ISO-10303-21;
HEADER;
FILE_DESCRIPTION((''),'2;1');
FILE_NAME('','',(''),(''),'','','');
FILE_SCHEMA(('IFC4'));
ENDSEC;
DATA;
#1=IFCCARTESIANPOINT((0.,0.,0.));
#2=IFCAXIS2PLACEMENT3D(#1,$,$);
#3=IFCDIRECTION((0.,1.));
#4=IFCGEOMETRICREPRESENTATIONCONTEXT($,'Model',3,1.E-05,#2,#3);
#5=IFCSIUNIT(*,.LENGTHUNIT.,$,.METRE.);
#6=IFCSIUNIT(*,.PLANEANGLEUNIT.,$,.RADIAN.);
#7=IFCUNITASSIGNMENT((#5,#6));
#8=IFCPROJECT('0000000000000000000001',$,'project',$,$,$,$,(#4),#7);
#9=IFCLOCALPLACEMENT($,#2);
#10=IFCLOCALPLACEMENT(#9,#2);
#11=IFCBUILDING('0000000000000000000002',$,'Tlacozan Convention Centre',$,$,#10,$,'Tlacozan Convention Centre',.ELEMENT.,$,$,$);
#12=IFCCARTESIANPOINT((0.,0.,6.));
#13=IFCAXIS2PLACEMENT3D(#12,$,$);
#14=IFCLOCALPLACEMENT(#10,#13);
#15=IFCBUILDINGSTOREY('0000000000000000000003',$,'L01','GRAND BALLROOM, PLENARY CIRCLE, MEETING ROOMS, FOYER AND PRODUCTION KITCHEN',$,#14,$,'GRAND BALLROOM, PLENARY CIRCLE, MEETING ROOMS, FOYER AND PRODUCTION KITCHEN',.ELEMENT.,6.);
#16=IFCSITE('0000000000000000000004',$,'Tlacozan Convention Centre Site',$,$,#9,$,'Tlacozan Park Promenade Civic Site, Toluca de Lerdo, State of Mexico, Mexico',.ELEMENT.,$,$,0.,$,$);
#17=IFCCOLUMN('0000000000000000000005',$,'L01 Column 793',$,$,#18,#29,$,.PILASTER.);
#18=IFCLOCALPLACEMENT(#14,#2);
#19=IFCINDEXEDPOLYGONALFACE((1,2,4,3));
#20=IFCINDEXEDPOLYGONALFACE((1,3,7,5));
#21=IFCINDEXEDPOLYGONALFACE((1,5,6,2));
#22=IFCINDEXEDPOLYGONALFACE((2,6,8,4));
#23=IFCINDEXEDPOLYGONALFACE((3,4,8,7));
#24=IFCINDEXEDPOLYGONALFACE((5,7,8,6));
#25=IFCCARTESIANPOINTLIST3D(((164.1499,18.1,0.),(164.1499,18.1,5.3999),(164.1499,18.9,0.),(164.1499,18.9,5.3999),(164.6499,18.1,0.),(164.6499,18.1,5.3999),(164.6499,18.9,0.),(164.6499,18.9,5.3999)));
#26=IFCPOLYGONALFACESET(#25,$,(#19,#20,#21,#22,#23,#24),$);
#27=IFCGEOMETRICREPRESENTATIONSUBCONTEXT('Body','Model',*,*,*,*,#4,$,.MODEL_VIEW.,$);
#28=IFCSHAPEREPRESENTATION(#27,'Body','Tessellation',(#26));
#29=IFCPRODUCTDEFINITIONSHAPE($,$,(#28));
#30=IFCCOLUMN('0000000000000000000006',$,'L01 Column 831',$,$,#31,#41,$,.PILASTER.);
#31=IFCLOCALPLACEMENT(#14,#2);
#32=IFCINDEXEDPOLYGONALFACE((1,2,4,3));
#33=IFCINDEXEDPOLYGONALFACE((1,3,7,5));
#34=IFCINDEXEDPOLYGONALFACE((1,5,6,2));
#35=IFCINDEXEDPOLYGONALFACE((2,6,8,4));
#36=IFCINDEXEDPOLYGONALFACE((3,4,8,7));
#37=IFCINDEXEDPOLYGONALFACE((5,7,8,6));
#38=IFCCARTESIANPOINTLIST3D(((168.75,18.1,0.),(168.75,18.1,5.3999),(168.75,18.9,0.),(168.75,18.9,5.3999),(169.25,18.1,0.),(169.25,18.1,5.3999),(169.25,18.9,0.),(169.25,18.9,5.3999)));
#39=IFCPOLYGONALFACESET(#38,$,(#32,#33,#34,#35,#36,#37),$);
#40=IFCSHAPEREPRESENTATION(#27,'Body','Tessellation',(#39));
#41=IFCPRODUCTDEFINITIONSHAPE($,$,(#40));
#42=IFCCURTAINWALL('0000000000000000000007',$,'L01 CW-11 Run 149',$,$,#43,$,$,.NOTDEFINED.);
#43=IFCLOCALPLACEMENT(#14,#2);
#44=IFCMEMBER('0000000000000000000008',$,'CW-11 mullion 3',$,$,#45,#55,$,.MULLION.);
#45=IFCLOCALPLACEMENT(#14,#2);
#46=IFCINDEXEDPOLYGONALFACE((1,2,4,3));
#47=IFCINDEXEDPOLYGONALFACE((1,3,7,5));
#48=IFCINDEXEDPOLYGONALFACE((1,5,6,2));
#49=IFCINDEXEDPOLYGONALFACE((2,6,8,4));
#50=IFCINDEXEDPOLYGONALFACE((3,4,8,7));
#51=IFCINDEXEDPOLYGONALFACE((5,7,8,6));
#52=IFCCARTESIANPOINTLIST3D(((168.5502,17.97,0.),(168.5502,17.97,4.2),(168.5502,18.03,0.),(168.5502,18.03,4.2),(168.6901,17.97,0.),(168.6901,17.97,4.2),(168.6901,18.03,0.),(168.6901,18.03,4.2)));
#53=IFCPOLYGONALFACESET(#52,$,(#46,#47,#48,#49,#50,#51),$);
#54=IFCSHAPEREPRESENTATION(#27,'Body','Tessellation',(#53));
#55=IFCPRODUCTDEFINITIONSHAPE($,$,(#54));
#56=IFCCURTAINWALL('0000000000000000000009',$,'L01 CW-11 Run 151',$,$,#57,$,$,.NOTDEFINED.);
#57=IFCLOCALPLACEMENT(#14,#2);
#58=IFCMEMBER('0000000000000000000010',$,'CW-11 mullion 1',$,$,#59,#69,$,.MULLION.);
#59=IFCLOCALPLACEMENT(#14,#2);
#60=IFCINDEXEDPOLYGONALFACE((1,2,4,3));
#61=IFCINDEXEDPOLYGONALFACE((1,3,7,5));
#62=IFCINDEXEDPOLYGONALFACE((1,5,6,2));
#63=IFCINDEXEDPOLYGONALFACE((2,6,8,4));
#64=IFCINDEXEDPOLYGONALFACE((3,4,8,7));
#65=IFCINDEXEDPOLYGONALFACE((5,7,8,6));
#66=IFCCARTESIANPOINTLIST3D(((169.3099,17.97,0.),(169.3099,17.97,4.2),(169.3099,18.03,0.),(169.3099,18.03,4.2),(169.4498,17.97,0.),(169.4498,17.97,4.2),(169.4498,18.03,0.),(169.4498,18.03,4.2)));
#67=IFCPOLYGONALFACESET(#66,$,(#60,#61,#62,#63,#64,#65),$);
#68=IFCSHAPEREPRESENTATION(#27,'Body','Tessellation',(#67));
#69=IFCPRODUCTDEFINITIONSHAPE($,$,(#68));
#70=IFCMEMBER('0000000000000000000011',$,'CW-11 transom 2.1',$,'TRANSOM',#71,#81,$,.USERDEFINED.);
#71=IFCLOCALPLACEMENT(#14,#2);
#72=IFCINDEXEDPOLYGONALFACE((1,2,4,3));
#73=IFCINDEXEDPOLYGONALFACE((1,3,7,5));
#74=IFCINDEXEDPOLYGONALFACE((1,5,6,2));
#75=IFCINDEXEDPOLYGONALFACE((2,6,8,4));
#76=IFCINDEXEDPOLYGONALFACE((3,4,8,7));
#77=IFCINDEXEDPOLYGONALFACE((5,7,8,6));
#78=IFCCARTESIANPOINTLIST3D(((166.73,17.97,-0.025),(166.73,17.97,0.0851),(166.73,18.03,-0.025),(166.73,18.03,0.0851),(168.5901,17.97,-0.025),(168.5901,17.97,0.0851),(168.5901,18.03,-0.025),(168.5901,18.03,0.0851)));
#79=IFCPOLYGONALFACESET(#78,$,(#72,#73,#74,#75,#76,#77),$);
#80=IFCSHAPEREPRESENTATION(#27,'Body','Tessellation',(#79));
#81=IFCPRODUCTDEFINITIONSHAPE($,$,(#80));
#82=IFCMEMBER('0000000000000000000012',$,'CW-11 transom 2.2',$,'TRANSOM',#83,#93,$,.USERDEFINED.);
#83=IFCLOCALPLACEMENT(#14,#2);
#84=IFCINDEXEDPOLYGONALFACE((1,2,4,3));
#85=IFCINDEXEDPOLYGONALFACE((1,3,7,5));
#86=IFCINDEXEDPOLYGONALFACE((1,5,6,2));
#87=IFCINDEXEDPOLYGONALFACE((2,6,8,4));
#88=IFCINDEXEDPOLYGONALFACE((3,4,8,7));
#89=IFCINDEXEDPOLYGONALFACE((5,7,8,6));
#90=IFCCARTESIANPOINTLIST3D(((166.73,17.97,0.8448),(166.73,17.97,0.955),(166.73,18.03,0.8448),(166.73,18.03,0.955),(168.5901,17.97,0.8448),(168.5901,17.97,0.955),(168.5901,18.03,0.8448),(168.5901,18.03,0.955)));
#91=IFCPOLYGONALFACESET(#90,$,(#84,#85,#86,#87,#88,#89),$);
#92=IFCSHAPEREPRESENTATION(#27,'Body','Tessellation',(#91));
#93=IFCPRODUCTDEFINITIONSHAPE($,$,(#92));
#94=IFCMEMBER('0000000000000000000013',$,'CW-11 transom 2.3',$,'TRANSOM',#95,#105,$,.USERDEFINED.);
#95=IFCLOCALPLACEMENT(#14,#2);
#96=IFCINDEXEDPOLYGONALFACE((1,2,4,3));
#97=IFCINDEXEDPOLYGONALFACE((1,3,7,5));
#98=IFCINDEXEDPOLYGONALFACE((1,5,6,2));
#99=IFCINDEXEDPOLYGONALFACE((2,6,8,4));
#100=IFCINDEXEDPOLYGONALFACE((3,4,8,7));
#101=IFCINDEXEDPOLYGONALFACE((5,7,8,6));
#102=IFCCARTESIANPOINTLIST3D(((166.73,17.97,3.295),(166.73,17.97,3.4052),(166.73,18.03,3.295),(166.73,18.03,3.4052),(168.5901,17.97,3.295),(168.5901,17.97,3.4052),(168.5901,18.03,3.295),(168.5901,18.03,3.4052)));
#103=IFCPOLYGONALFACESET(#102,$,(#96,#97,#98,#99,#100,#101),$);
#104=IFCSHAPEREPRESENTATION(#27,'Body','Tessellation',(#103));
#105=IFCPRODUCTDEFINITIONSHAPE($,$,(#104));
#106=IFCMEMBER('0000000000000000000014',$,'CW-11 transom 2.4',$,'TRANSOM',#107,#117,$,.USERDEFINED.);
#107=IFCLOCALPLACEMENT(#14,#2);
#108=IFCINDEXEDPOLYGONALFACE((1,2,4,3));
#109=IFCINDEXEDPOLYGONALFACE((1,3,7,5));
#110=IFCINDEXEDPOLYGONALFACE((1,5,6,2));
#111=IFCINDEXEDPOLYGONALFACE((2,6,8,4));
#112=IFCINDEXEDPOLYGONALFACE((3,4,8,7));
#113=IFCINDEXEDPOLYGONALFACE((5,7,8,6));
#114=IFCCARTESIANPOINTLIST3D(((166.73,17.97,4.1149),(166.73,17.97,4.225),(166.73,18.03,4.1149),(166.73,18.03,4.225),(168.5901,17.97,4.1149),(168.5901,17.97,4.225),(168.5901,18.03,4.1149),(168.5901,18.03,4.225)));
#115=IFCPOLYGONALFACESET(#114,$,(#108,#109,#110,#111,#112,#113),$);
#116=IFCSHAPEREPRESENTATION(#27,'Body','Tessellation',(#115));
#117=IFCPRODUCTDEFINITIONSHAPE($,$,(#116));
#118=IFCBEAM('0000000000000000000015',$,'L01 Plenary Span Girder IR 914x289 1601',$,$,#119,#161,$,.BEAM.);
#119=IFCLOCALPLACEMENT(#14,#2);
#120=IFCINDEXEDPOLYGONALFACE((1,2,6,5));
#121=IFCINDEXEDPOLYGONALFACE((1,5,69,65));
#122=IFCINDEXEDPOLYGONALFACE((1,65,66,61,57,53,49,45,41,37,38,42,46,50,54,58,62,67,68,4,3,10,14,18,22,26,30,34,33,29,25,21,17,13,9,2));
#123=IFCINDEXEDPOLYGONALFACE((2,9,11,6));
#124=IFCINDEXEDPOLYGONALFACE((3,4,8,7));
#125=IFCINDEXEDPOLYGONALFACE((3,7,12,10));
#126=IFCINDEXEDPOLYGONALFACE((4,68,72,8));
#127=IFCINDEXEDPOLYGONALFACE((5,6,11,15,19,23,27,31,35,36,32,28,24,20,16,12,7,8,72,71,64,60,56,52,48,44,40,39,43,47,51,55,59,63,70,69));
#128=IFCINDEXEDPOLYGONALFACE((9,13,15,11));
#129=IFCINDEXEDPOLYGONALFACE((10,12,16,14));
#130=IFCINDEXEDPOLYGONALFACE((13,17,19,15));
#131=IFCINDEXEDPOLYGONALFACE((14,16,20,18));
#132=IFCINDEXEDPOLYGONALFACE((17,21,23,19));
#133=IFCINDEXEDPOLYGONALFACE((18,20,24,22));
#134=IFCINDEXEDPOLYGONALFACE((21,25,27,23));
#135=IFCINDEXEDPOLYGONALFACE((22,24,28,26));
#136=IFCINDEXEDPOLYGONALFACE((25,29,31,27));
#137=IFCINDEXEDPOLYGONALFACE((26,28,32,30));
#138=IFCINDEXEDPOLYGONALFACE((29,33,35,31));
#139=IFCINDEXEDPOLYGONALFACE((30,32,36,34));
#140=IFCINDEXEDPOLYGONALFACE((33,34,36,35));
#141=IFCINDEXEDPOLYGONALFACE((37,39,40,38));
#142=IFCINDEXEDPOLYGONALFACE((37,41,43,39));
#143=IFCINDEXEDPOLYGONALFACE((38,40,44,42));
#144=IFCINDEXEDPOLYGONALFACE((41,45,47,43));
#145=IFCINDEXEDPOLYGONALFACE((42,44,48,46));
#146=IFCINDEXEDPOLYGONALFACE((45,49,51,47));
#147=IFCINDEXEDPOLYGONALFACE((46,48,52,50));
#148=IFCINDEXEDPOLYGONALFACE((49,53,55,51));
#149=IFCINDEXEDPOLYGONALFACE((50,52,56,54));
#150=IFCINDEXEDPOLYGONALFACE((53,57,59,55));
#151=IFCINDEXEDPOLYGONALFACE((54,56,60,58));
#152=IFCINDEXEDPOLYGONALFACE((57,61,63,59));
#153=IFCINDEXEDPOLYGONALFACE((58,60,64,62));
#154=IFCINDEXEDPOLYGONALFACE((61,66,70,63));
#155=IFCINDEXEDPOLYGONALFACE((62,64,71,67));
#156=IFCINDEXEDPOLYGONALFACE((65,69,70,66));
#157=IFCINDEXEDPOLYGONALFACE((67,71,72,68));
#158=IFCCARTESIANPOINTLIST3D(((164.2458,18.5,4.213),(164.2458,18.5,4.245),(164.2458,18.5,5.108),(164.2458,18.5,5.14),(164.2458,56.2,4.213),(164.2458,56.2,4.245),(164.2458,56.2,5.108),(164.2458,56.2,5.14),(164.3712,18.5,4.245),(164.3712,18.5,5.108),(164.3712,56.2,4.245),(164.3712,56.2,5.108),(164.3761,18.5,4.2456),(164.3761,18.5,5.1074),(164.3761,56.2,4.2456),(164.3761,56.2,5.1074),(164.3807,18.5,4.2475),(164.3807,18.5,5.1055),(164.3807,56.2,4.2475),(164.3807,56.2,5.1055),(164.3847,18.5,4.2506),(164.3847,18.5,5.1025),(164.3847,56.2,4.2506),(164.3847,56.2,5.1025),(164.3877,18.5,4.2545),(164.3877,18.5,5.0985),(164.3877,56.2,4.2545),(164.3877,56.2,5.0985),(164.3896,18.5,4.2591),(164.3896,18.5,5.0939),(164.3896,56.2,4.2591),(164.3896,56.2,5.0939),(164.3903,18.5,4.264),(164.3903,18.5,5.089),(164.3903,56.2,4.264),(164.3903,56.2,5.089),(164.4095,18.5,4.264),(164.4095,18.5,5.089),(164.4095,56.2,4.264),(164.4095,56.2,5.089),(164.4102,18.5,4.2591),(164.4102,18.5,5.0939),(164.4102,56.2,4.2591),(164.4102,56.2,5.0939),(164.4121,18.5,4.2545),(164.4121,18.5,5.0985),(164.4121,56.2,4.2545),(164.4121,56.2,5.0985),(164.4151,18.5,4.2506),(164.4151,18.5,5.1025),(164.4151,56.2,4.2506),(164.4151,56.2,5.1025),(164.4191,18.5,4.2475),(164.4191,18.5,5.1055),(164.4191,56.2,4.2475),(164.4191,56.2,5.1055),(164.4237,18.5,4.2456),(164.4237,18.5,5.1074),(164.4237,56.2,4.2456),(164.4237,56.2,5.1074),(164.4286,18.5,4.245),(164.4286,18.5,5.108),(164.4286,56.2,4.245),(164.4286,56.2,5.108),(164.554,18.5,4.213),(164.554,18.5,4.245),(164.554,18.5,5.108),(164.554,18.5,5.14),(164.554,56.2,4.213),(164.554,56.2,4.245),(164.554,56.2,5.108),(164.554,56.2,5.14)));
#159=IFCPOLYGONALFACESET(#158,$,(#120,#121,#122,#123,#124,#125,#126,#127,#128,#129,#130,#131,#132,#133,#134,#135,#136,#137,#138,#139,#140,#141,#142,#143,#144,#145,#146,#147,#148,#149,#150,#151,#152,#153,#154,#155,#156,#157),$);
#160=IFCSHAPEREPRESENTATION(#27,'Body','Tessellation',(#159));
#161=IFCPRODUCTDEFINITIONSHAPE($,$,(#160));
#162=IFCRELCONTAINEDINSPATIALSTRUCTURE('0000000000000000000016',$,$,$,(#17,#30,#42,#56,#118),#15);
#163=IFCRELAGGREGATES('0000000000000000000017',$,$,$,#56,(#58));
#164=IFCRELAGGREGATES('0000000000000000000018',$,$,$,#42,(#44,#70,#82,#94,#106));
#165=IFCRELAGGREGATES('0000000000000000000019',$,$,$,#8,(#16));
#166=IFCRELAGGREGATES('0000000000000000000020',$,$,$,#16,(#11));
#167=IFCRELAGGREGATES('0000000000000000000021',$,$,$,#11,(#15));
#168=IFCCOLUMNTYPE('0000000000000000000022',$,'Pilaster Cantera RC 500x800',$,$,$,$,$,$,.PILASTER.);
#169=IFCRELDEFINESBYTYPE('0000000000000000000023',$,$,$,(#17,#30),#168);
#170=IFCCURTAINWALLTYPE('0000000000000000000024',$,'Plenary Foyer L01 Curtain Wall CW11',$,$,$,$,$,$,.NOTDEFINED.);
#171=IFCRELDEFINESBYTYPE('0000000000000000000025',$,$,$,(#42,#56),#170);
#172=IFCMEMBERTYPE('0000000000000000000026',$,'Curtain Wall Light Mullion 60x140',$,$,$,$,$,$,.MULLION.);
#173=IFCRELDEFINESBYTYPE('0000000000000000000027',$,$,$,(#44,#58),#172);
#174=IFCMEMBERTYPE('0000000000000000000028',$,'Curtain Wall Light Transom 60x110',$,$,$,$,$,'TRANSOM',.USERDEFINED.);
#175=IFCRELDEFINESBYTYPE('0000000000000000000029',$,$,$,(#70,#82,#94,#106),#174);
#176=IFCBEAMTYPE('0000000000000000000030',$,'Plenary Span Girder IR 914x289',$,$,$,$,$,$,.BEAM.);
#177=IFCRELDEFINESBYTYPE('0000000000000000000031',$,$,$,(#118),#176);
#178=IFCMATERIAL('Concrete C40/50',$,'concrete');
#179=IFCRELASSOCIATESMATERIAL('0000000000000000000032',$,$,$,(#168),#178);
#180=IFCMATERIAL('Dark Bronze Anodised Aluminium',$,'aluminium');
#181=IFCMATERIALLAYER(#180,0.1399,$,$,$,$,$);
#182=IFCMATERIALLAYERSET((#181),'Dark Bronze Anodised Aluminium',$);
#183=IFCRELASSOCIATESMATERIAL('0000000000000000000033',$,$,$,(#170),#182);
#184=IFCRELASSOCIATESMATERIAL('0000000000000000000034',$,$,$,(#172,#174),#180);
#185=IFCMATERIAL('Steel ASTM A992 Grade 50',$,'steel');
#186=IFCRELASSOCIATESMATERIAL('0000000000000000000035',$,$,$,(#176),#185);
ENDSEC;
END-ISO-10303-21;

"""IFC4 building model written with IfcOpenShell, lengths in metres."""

from ifc_helpers import new_model, si_unit, direction, frame, origin, origin_2d, place, context, subcontext, project, spatial, rectangle, i_section, extrude, material, layer, layer_set, material_profile, profile_set, type_object, element, aggregate, save


model = new_model("IFC4")

# Units and contexts
model_context = context("Model", 3, precision=1e-05, world=origin(), true_north=direction((0.0, 1.0)))
body_context = subcontext(model_context, "Body", "Model", "MODEL_VIEW")
ifc_project = project(units=[si_unit("LENGTHUNIT", "METRE"), si_unit("PLANEANGLEUNIT", "RADIAN")], contexts=[model_context])

# Site, building, storey
site_placement = place(None, origin())
site = spatial("IfcSite", under=ifc_project, at=site_placement, Name="Tlacozan Convention Centre Site", LongName="Tlacozan Park Promenade Civic Site, Toluca de Lerdo, State of Mexico, Mexico", CompositionType="ELEMENT", RefElevation=0.0)
building_placement = place(site_placement, origin())
building = spatial("IfcBuilding", under=site, at=building_placement, Name="Tlacozan Convention Centre", LongName="Tlacozan Convention Centre", CompositionType="ELEMENT")
storey_placement = place(building_placement, frame((0.0, 0.0, 6.0)))
storey = spatial("IfcBuildingStorey", under=building, at=storey_placement, Name="L01", Description="GRAND BALLROOM, PLENARY CIRCLE, MEETING ROOMS, FOYER AND PRODUCTION KITCHEN", LongName="GRAND BALLROOM, PLENARY CIRCLE, MEETING ROOMS, FOYER AND PRODUCTION KITCHEN", CompositionType="ELEMENT", Elevation=6.0)

# Columns
ifc_material_1 = material(Name="Concrete C40/50", Category="concrete")
ifc_material_profile_1 = material_profile(ifc_material_1, rectangle(XDim=0.5, YDim=0.8, at=origin_2d()), Name="RC 500x800")
ifc_profile_set_1 = profile_set([ifc_material_profile_1], Name="Concrete C40/50")
column_type = type_object("IfcColumnType", Name="Pilaster Cantera RC 500x800", PredefinedType="PILASTER", material=ifc_profile_set_1)
for number, where, z_axis, x_axis, name in (
    (1, (164.3999, 18.5, 0.0), (0.0, 0.0, 1.0), (1.0, 0.0, 0.0), "L01 Column 793"),
    (2, (169.0, 18.5, 0.0), (0.0, 0.0, 1.0), (1.0, 0.0, 0.0), "L01 Column 831"),
):
    element("IfcColumn", number, at=place(storey_placement, frame(where, z_axis=z_axis, x_axis=x_axis)), inside=storey, type_object=column_type, Name=name, PredefinedType="PILASTER", context=body_context, shape_type="SweptSolid", body=[
        extrude(rectangle(XDim=0.5, YDim=0.8, at=origin_2d()), origin(), (0.0, 0.0, 1.0), 5.3999),
    ])

# Curtain walls, members
ifc_material_2 = material(Name="Dark Bronze Anodised Aluminium", Category="aluminium")
ifc_layer_1 = layer(ifc_material_2, 0.1399)
ifc_layer_set_1 = layer_set([ifc_layer_1], Name="Dark Bronze Anodised Aluminium")
curtain_wall_type = type_object("IfcCurtainWallType", Name="Plenary Foyer L01 Curtain Wall CW11", PredefinedType="NOTDEFINED", material=ifc_layer_set_1)
curtain_wall_1_placement = place(storey_placement, origin())
curtain_wall_1 = element("IfcCurtainWall", 3, at=curtain_wall_1_placement, inside=storey, type_object=curtain_wall_type, Name="L01 CW-11 Run 149", PredefinedType="NOTDEFINED")
ifc_material_profile_2 = material_profile(ifc_material_2, rectangle(XDim=0.0601, YDim=0.1399, at=origin_2d()), Name="ALU 60x140")
ifc_profile_set_2 = profile_set([ifc_material_profile_2], Name="Dark Bronze Anodised Aluminium")
member_type_1 = type_object("IfcMemberType", Name="Curtain Wall Light Mullion 60x140", PredefinedType="MULLION", material=ifc_profile_set_2)
member_1_placement = place(storey_placement, frame((168.6201, 18.0, 0.0), z_axis=(0.0, 0.0, 1.0), x_axis=(0.0, 1.0, 0.0)))
member_1 = element("IfcMember", 4, at=member_1_placement, type_object=member_type_1, Name="CW-11 mullion 3", PredefinedType="MULLION", context=body_context, shape_type="SweptSolid", body=[
    extrude(rectangle(XDim=0.0601, YDim=0.1399, at=origin_2d()), origin(), (0.0, 0.0, 1.0), 4.2),
])
curtain_wall_2_placement = place(storey_placement, origin())
curtain_wall_2 = element("IfcCurtainWall", 5, at=curtain_wall_2_placement, inside=storey, type_object=curtain_wall_type, Name="L01 CW-11 Run 151", PredefinedType="NOTDEFINED")
member_2_placement = place(storey_placement, frame((169.3799, 18.0, 0.0), z_axis=(0.0, 0.0, 1.0), x_axis=(0.0, 1.0, 0.0)))
member_2 = element("IfcMember", 6, at=member_2_placement, type_object=member_type_1, Name="CW-11 mullion 1", PredefinedType="MULLION", context=body_context, shape_type="SweptSolid", body=[
    extrude(rectangle(XDim=0.0601, YDim=0.1399, at=origin_2d()), origin(), (0.0, 0.0, 1.0), 4.2),
])
aggregate(curtain_wall_2, [member_2])

# Members
ifc_material_profile_3 = material_profile(ifc_material_2, rectangle(XDim=0.0601, YDim=0.1101, at=origin_2d()), Name="ALU 60x110")
ifc_profile_set_3 = profile_set([ifc_material_profile_3], Name="Dark Bronze Anodised Aluminium")
member_type_2 = type_object("IfcMemberType", Name="Curtain Wall Light Transom 60x110", ElementType="TRANSOM", PredefinedType="USERDEFINED", material=ifc_profile_set_3)
member_3_placement = place(storey_placement, frame((166.73, 18.0, 0.03), z_axis=(1.0, 0.0, 0.0), x_axis=(0.0, 1.0, 0.0)))
member_3 = element("IfcMember", 7, at=member_3_placement, type_object=member_type_2, Name="CW-11 transom 2.1", ObjectType="TRANSOM", PredefinedType="USERDEFINED", context=body_context, shape_type="SweptSolid", body=[
    extrude(rectangle(XDim=0.0601, YDim=0.1101, at=origin_2d()), origin(), (0.0, 0.0, 1.0), 1.8601),
])
member_4_placement = place(storey_placement, frame((166.73, 18.0, 0.8999), z_axis=(1.0, 0.0, 0.0), x_axis=(0.0, 1.0, 0.0)))
member_4 = element("IfcMember", 8, at=member_4_placement, type_object=member_type_2, Name="CW-11 transom 2.2", ObjectType="TRANSOM", PredefinedType="USERDEFINED", context=body_context, shape_type="SweptSolid", body=[
    extrude(rectangle(XDim=0.0601, YDim=0.1101, at=origin_2d()), origin(), (0.0, 0.0, 1.0), 1.8601),
])
member_5_placement = place(storey_placement, frame((166.73, 18.0, 3.3501), z_axis=(1.0, 0.0, 0.0), x_axis=(0.0, 1.0, 0.0)))
member_5 = element("IfcMember", 9, at=member_5_placement, type_object=member_type_2, Name="CW-11 transom 2.3", ObjectType="TRANSOM", PredefinedType="USERDEFINED", context=body_context, shape_type="SweptSolid", body=[
    extrude(rectangle(XDim=0.0601, YDim=0.1101, at=origin_2d()), origin(), (0.0, 0.0, 1.0), 1.8601),
])
member_6_placement = place(storey_placement, frame((166.73, 18.0, 4.1699), z_axis=(1.0, 0.0, 0.0), x_axis=(0.0, 1.0, 0.0)))
member_6 = element("IfcMember", 10, at=member_6_placement, type_object=member_type_2, Name="CW-11 transom 2.4", ObjectType="TRANSOM", PredefinedType="USERDEFINED", context=body_context, shape_type="SweptSolid", body=[
    extrude(rectangle(XDim=0.0601, YDim=0.1101, at=origin_2d()), origin(), (0.0, 0.0, 1.0), 1.8601),
])

# Beam
ifc_material_3 = material(Name="Steel ASTM A992 Grade 50", Category="steel")
ifc_material_profile_4 = material_profile(ifc_material_3, i_section(OverallWidth=0.3081, OverallDepth=0.927, WebThickness=0.0193, FlangeThickness=0.032, FilletRadius=0.019, at=origin_2d()), Name="IR 914x289.0")
ifc_profile_set_4 = profile_set([ifc_material_profile_4], Name="Steel ASTM A992 Grade 50")
beam_type_1 = type_object("IfcBeamType", Name="Plenary Span Girder IR 914x289", PredefinedType="BEAM", material=ifc_profile_set_4)
beam_1_placement = place(storey_placement, frame((164.3999, 18.5, 4.6765), z_axis=(0.0, 1.0, 0.0), x_axis=(-1.0, 0.0, 0.0)))
element("IfcBeam", 11, at=beam_1_placement, inside=storey, type_object=beam_type_1, Name="L01 Plenary Span Girder IR 914x289 1601", PredefinedType="BEAM", context=body_context, shape_type="SweptSolid", body=[
    extrude(i_section(OverallWidth=0.3081, OverallDepth=0.927, WebThickness=0.0193, FlangeThickness=0.032, FilletRadius=0.019, at=origin_2d()), origin(), (0.0, 0.0, 1.0), 37.7),
])

aggregate(curtain_wall_1, [member_1, member_3, member_4, member_5, member_6])

save(model, "model.ifc")
